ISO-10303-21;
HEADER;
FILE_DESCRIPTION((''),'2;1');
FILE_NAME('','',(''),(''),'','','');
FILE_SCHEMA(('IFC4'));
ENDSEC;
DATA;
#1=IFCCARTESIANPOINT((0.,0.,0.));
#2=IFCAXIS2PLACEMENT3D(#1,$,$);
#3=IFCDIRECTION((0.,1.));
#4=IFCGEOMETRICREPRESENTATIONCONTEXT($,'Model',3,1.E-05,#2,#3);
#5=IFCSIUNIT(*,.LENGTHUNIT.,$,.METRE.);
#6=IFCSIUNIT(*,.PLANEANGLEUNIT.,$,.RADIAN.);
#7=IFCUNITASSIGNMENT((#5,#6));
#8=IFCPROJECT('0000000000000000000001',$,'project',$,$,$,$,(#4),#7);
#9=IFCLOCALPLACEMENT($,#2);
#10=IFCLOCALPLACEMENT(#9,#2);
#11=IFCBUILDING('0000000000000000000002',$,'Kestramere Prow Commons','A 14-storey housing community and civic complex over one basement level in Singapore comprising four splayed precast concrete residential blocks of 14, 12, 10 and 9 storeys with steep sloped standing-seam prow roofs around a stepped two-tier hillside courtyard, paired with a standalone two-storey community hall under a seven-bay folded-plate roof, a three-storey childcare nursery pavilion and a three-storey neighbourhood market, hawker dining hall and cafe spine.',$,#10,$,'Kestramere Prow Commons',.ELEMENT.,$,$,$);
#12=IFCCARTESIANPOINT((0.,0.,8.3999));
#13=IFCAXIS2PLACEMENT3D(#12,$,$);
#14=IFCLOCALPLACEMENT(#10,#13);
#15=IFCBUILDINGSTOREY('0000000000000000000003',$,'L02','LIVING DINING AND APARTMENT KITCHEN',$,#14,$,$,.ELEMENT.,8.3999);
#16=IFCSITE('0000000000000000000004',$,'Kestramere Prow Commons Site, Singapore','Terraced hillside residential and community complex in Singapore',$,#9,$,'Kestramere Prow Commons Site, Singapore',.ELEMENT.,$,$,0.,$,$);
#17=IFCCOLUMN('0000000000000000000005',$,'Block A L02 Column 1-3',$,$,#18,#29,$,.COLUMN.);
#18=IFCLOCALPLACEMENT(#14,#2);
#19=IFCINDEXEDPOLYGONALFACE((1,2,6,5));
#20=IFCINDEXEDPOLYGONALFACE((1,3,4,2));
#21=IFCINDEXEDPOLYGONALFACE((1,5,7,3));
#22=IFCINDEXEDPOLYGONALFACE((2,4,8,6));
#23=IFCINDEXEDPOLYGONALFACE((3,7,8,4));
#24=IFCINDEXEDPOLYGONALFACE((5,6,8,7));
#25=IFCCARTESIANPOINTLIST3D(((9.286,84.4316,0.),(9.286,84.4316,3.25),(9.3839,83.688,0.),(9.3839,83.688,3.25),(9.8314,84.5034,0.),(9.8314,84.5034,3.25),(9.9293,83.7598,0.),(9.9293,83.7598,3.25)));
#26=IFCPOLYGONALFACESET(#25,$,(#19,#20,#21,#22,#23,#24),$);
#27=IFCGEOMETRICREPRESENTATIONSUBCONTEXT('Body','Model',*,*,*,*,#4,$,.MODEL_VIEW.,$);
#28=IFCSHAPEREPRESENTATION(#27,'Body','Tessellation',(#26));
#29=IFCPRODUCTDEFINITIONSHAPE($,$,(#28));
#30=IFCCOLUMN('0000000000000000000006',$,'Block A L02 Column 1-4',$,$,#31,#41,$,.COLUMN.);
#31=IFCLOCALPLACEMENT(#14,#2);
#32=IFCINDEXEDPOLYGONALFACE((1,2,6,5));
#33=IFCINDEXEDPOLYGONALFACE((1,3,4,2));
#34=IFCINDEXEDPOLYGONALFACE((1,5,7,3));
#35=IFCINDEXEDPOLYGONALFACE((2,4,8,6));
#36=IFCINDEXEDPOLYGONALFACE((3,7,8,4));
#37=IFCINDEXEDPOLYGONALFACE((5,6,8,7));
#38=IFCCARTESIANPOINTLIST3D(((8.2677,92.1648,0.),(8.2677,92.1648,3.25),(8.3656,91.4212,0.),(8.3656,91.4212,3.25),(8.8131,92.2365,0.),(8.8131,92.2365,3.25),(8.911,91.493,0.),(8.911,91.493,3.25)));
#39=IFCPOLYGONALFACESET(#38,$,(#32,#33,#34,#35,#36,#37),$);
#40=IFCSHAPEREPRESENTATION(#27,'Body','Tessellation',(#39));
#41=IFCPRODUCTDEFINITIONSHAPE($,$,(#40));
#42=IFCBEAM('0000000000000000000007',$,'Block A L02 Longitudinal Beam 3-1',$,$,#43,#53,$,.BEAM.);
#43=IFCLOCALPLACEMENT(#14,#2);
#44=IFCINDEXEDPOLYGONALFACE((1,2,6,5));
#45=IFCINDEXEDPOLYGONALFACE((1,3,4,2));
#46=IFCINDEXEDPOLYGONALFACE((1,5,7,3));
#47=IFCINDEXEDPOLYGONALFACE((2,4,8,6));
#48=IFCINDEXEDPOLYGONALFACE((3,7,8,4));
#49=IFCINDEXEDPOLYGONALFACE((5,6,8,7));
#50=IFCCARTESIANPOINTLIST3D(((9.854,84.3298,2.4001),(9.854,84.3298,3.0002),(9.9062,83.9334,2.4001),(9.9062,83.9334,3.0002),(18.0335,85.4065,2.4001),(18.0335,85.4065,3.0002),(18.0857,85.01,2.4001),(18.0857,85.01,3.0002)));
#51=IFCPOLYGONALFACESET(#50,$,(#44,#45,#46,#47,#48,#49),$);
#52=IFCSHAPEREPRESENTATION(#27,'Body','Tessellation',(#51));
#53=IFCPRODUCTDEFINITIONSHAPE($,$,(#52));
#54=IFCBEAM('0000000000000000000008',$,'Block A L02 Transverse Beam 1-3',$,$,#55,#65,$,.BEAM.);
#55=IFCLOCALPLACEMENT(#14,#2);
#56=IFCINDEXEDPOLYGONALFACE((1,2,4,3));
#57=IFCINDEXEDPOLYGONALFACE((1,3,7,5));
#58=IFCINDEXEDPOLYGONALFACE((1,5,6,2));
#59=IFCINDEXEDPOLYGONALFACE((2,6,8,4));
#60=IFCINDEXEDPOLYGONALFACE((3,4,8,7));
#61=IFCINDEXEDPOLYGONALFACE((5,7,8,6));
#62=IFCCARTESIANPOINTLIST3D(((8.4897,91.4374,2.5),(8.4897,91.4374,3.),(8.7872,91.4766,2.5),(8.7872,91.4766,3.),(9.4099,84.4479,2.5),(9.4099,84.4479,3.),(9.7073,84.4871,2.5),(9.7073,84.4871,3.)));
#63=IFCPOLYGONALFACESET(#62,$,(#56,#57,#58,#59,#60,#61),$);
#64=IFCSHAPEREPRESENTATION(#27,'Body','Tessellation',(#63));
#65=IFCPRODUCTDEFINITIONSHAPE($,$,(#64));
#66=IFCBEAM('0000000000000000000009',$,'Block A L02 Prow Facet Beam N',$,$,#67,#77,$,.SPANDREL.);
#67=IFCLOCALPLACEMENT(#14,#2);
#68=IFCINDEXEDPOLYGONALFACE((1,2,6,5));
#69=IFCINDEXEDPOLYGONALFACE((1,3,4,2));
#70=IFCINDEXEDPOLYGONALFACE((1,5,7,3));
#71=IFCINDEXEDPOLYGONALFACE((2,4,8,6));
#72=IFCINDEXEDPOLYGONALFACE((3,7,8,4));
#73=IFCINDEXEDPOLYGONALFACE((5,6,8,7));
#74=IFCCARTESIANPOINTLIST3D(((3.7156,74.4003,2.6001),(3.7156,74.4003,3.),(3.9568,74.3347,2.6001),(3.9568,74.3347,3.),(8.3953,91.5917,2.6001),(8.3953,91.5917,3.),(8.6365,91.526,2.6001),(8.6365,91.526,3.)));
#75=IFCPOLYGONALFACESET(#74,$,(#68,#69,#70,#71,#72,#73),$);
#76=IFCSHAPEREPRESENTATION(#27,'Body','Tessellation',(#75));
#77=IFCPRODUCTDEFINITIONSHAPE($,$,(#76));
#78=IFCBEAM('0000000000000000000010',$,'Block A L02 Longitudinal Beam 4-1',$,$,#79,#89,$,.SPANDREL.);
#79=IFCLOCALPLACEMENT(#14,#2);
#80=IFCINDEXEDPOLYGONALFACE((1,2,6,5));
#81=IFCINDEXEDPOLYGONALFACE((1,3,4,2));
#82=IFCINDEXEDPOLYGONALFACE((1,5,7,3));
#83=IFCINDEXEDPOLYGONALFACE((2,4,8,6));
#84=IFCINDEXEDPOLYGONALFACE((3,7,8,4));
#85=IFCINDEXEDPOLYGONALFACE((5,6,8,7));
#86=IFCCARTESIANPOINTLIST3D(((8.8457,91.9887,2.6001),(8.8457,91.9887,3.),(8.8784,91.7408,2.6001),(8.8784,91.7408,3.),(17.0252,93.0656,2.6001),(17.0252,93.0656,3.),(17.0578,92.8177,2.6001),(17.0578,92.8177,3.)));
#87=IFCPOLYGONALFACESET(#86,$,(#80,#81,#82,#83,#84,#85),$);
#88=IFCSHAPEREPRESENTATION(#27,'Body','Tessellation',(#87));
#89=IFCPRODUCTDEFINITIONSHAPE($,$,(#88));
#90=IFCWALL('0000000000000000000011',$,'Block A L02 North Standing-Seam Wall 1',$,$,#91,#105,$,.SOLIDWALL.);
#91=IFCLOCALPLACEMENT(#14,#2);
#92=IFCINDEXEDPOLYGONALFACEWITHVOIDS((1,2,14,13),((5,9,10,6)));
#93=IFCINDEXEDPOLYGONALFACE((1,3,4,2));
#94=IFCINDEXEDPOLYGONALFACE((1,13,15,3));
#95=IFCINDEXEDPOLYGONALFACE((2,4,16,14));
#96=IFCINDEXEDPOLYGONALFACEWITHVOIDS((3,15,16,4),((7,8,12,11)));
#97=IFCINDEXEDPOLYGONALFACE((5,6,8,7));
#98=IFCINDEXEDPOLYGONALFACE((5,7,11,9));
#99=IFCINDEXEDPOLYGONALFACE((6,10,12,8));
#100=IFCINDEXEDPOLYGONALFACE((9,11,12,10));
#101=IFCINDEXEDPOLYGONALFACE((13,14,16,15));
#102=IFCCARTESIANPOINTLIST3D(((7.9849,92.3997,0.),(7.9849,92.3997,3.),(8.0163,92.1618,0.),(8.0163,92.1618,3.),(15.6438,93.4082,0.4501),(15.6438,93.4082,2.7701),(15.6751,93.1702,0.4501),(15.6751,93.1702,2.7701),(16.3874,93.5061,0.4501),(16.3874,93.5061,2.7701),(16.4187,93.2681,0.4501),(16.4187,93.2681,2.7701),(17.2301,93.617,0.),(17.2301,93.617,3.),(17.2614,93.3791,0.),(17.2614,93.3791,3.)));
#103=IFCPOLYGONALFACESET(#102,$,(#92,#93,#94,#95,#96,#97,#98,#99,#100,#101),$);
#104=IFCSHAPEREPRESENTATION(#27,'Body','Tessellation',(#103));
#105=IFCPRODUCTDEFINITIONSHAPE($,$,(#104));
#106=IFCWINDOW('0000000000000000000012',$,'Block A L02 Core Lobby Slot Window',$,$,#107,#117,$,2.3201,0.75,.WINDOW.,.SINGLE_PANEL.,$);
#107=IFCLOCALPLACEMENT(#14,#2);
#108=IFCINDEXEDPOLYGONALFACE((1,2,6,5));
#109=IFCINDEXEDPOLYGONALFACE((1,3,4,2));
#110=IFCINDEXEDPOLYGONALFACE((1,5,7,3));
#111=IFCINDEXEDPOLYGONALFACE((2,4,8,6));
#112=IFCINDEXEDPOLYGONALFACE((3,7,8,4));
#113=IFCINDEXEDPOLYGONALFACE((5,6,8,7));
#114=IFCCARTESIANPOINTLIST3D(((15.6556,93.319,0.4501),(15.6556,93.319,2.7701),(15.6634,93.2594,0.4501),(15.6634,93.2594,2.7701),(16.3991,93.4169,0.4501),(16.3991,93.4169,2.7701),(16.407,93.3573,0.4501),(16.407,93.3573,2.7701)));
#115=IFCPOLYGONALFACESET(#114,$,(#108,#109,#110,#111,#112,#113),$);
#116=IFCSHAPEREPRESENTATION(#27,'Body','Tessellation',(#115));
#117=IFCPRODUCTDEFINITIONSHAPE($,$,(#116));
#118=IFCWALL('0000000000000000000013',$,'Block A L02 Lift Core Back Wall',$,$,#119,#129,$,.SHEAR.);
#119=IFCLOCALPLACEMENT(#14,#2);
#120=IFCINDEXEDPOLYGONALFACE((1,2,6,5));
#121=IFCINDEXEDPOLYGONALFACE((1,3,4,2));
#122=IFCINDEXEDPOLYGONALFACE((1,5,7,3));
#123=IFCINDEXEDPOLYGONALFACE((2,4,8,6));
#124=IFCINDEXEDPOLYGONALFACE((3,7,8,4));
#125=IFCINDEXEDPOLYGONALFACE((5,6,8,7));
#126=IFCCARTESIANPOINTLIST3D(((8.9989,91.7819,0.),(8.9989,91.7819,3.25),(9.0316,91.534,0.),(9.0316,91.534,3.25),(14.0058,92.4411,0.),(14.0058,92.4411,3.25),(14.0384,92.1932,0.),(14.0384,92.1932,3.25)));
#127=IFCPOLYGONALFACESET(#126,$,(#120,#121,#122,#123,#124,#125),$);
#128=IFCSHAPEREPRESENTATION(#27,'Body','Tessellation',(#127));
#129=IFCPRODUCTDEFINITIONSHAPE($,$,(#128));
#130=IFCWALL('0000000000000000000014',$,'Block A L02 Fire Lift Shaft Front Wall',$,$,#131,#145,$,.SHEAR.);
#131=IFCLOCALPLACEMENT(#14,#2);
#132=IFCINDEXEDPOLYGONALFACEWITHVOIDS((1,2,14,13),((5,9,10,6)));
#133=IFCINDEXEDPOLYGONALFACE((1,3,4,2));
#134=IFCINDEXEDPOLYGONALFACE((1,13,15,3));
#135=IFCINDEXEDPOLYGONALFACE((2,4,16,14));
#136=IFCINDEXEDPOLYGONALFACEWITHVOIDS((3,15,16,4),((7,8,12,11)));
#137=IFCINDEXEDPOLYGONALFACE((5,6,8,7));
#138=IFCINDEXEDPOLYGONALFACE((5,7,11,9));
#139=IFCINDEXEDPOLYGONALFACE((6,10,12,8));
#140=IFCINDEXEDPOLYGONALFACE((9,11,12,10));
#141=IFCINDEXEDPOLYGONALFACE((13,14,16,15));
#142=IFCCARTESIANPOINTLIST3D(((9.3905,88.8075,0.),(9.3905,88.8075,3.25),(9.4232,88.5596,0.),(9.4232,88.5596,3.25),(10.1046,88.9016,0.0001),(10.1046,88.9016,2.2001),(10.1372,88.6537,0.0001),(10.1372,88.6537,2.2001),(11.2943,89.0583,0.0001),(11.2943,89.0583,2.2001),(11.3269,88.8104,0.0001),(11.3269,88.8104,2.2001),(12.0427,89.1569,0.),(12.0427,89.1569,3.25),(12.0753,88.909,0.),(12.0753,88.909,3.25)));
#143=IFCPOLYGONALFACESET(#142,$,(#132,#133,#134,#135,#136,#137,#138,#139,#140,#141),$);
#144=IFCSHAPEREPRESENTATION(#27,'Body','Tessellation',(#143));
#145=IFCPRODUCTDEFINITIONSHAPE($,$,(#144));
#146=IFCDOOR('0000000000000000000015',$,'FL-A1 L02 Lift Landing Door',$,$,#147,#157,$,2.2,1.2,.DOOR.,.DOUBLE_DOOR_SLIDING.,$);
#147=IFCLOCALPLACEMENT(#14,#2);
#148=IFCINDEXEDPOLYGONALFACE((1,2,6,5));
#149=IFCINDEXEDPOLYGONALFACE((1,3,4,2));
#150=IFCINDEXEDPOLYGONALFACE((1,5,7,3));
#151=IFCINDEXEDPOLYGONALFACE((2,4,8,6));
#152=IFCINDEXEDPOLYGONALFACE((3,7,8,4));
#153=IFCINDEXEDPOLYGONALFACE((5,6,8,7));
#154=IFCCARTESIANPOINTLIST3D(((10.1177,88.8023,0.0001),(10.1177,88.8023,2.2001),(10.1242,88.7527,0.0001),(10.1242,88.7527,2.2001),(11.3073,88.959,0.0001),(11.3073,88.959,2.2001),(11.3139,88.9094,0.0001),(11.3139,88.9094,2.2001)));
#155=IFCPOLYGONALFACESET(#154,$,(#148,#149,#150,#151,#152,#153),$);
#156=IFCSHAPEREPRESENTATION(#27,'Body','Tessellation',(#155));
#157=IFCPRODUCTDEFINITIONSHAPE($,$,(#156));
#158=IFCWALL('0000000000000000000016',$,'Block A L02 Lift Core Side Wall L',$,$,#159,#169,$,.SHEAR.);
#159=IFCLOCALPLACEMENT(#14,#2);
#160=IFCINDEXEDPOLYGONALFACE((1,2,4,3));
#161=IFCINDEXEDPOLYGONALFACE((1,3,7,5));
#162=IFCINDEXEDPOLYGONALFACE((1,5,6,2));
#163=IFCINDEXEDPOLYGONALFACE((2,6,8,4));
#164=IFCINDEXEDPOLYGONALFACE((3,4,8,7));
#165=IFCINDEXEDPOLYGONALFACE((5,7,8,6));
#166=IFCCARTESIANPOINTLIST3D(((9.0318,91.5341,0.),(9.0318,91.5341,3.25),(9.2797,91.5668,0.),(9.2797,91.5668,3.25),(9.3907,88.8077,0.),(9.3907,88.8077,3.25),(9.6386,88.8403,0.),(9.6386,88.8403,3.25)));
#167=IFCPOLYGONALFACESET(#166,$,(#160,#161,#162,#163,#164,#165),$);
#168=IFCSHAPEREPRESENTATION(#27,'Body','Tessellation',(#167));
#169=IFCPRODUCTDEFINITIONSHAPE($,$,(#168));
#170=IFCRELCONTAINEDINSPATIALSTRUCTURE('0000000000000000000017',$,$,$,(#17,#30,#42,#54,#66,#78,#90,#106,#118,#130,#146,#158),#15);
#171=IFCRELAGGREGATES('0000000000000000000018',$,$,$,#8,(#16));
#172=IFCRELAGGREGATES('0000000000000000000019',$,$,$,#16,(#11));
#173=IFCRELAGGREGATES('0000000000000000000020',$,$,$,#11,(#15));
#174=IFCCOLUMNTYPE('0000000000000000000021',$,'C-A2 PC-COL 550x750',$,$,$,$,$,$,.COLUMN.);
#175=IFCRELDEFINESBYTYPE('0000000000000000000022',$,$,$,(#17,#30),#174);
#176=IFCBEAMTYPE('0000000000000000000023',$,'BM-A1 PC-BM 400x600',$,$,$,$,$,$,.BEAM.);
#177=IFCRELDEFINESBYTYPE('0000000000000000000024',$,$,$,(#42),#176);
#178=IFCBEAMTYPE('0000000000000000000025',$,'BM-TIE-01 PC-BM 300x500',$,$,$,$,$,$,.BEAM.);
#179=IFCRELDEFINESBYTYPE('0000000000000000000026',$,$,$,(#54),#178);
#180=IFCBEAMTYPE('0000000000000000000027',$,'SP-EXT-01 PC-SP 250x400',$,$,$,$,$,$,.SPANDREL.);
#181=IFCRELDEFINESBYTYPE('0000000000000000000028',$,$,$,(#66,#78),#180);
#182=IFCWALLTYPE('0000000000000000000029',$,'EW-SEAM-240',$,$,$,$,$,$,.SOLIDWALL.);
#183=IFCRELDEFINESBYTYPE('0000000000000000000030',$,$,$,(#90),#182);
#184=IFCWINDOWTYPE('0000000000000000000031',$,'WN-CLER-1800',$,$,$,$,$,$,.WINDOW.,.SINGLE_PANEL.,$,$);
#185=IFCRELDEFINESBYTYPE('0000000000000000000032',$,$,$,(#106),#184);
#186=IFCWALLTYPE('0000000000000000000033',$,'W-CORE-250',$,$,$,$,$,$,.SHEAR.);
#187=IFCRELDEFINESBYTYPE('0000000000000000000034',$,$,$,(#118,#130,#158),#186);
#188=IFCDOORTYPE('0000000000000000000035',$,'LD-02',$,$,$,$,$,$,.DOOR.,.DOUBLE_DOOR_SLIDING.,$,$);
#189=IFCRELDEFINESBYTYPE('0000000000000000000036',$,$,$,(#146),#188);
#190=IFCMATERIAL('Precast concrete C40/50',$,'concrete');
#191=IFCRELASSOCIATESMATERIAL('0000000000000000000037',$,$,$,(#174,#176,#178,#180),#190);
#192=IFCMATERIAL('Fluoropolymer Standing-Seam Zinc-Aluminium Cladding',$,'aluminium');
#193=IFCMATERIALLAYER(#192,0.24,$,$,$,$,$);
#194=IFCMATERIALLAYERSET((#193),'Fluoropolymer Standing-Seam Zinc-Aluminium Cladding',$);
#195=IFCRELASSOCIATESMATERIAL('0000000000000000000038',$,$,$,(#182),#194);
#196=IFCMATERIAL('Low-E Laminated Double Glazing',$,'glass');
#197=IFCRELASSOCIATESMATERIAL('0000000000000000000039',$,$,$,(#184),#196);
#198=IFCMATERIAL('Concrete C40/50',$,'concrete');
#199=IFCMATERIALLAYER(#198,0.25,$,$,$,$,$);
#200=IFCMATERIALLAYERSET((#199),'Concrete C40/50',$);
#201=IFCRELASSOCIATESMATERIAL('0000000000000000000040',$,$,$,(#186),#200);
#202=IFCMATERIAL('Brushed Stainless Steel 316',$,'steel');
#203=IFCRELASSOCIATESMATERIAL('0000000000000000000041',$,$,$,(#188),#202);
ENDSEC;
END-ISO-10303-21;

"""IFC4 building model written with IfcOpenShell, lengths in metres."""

from ifc_helpers import new_model, si_unit, direction, frame, frame_2d, origin, origin_2d, place, context, subcontext, project, spatial, rectangle, extrude, material, layer, layer_set, material_profile, profile_set, type_object, element, fill, save


model = new_model("IFC4")

# Units and contexts
model_context = context("Model", 3, precision=1e-05, world=origin(), true_north=direction((0.0, 1.0)))
body_context = subcontext(model_context, "Body", "Model", "MODEL_VIEW")
ifc_project = project(units=[si_unit("LENGTHUNIT", "METRE"), si_unit("PLANEANGLEUNIT", "RADIAN")], contexts=[model_context])

# Site, building, storey
site_placement = place(None, origin())
site = spatial("IfcSite", under=ifc_project, at=site_placement, Name="Kestramere Prow Commons Site, Singapore", Description="Terraced hillside residential and community complex in Singapore", LongName="Kestramere Prow Commons Site, Singapore", CompositionType="ELEMENT", RefElevation=0.0)
building_placement = place(site_placement, origin())
building = spatial("IfcBuilding", under=site, at=building_placement, Name="Kestramere Prow Commons", Description="A 14-storey housing community and civic complex over one basement level in Singapore comprising four splayed precast concrete residential blocks of 14, 12, 10 and 9 storeys with steep sloped standing-seam prow roofs around a stepped two-tier hillside courtyard, paired with a standalone two-storey community hall under a seven-bay folded-plate roof, a three-storey childcare nursery pavilion and a three-storey neighbourhood market, hawker dining hall and cafe spine.", LongName="Kestramere Prow Commons", CompositionType="ELEMENT")
storey_placement = place(building_placement, frame((0.0, 0.0, 8.3999)))
storey = spatial("IfcBuildingStorey", under=building, at=storey_placement, Name="L02", Description="LIVING DINING AND APARTMENT KITCHEN", CompositionType="ELEMENT", Elevation=8.3999)

# Columns
ifc_material_1 = material(Name="Precast concrete C40/50", Category="concrete")
ifc_material_profile_1 = material_profile(ifc_material_1, rectangle(XDim=0.55, YDim=0.75, at=origin_2d()), Name="PC-COL 550x750")
ifc_profile_set_1 = profile_set([ifc_material_profile_1], Name="Precast concrete C40/50")
column_type = type_object("IfcColumnType", Name="C-A2 PC-COL 550x750", PredefinedType="COLUMN", material=ifc_profile_set_1)
for number, where, z_axis, x_axis, name in (
    (1, (9.6077, 84.0957, 0.0), (0.0, 0.0, 1.0), (0.991445, 0.130526, 0.0), "Block A L02 Column 1-3"),
    (2, (8.5894, 91.8289, 0.0), (0.0, 0.0, 1.0), (0.991445, 0.130526, 0.0), "Block A L02 Column 1-4"),
):
    element("IfcColumn", number, at=place(storey_placement, frame(where, z_axis=z_axis, x_axis=x_axis)), inside=storey, type_object=column_type, Name=name, PredefinedType="COLUMN", context=body_context, shape_type="SweptSolid", body=[
        extrude(rectangle(XDim=0.55, YDim=0.75, at=origin_2d()), origin(), (0.0, 0.0, 1.0), 3.25),
    ])

# Beams
ifc_material_profile_2 = material_profile(ifc_material_1, rectangle(XDim=0.3999, YDim=0.6001, at=origin_2d()), Name="PC-BM 400x600")
ifc_profile_set_2 = profile_set([ifc_material_profile_2], Name="Precast concrete C40/50")
beam_type_1 = type_object("IfcBeamType", Name="BM-A1 PC-BM 400x600", PredefinedType="BEAM", material=ifc_profile_set_2)
beam_1_placement = place(storey_placement, frame((9.8801, 84.1316, 2.7002), z_axis=(0.991448, 0.130504, 0.0), x_axis=(-0.130504, 0.991448, 0.0)))
element("IfcBeam", 3, at=beam_1_placement, inside=storey, type_object=beam_type_1, Name="Block A L02 Longitudinal Beam 3-1", PredefinedType="BEAM", context=body_context, shape_type="SweptSolid", body=[
    extrude(rectangle(XDim=0.3999, YDim=0.6001, at=origin_2d()), origin(), (0.0, 0.0, 1.0), 8.25),
])
ifc_material_profile_3 = material_profile(ifc_material_1, rectangle(XDim=0.3, YDim=0.5, at=origin_2d()), Name="PC-BM 300x500")
ifc_profile_set_3 = profile_set([ifc_material_profile_3], Name="Precast concrete C40/50")
beam_type_2 = type_object("IfcBeamType", Name="BM-TIE-01 PC-BM 300x500", PredefinedType="BEAM", material=ifc_profile_set_3)
beam_2_placement = place(storey_placement, frame((9.5586, 84.4675, 2.75), z_axis=(-0.130523, 0.991445, 0.0), x_axis=(-0.991445, -0.130523, 0.0)))
element("IfcBeam", 4, at=beam_2_placement, inside=storey, type_object=beam_type_2, Name="Block A L02 Transverse Beam 1-3", PredefinedType="BEAM", context=body_context, shape_type="SweptSolid", body=[
    extrude(rectangle(XDim=0.3, YDim=0.5, at=origin_2d()), origin(), (0.0, 0.0, 1.0), 7.0498),
])
ifc_material_profile_4 = material_profile(ifc_material_1, rectangle(XDim=0.25, YDim=0.3999, at=origin_2d()), Name="PC-SP 250x400")
ifc_profile_set_4 = profile_set([ifc_material_profile_4], Name="Precast concrete C40/50")
beam_type_3 = type_object("IfcBeamType", Name="SP-EXT-01 PC-SP 250x400", PredefinedType="SPANDREL", material=ifc_profile_set_4)
beam_3_placement = place(storey_placement, frame((8.5159, 91.5588, 2.8), z_axis=(-0.262654, -0.96489, 0.0), x_axis=(0.96489, -0.262654, 0.0)))
element("IfcBeam", 5, at=beam_3_placement, inside=storey, type_object=beam_type_3, Name="Block A L02 Prow Facet Beam N", PredefinedType="SPANDREL", context=body_context, shape_type="SweptSolid", body=[
    extrude(rectangle(XDim=0.25, YDim=0.3999, at=origin_2d()), origin(), (0.0, 0.0, 1.0), 17.8169),
])
beam_4_placement = place(storey_placement, frame((8.8621, 91.8647, 2.8), z_axis=(0.991444, 0.130533, 0.0), x_axis=(-0.130533, 0.991444, 0.0)))
element("IfcBeam", 6, at=beam_4_placement, inside=storey, type_object=beam_type_3, Name="Block A L02 Longitudinal Beam 4-1", PredefinedType="SPANDREL", context=body_context, shape_type="SweptSolid", body=[
    extrude(rectangle(XDim=0.25, YDim=0.3999, at=origin_2d()), origin(), (0.0, 0.0, 1.0), 8.25),
])

# Wall, opening, window
ifc_material_2 = material(Name="Fluoropolymer Standing-Seam Zinc-Aluminium Cladding", Category="aluminium")
ifc_layer_1 = layer(ifc_material_2, 0.24)
ifc_layer_set_1 = layer_set([ifc_layer_1], Name="Fluoropolymer Standing-Seam Zinc-Aluminium Cladding")
wall_type_1 = type_object("IfcWallType", Name="EW-SEAM-240", PredefinedType="SOLIDWALL", material=ifc_layer_set_1)
wall_1_placement = place(storey_placement, frame((8.0005, 92.2808, 0.0), z_axis=(0.0, 0.0, 1.0), x_axis=(0.991443, 0.130541, 0.0)))
wall_1 = element("IfcWall", 7, at=wall_1_placement, inside=storey, type_object=wall_type_1, Name="Block A L02 North Standing-Seam Wall 1", PredefinedType="SOLIDWALL", context=body_context, shape_type="SweptSolid", body=[
    extrude(rectangle(XDim=9.325, YDim=0.24, at=frame_2d((4.6626, 0.0))), origin(), (0.0, 0.0, 1.0), 3.0),
])
opening_1_placement = place(wall_1_placement, frame((7.7251, 0.0, 0.45)))
opening_1 = element("IfcOpeningElement", 8, at=opening_1_placement, cuts=wall_1, PredefinedType="OPENING", context=body_context, shape_type="SweptSolid", body=[
    extrude(rectangle(XDim=0.75, YDim=2.3201, at=frame_2d((0.375, 1.1602))), frame((0.0, 0.135, 0.0), z_axis=(0.0, -1.0, 0.0), x_axis=(1.0, 0.0, 0.0)), (0.0, 0.0, 1.0), 0.27),
])
ifc_material_3 = material(Name="Low-E Laminated Double Glazing", Category="glass")
window_type = type_object("IfcWindowType", Name="WN-CLER-1800", PartitioningType="SINGLE_PANEL", PredefinedType="WINDOW", material=ifc_material_3)
window_placement = place(opening_1_placement, origin())
window = element("IfcWindow", 9, at=window_placement, inside=storey, type_object=window_type, Name="Block A L02 Core Lobby Slot Window", OverallHeight=2.3201, OverallWidth=0.75, PartitioningType="SINGLE_PANEL", PredefinedType="WINDOW", context=body_context, shape_type="SweptSolid", body=[
    extrude(rectangle(XDim=0.75, YDim=2.3201, at=frame_2d((0.375, 1.1602))), frame((0.0, 0.03, 0.0), z_axis=(0.0, -1.0, 0.0), x_axis=(1.0, 0.0, 0.0)), (0.0, 0.0, 1.0), 0.0601),
])
fill(opening_1, window)

# Wall
ifc_material_4 = material(Name="Concrete C40/50", Category="concrete")
ifc_layer_2 = layer(ifc_material_4, 0.25)
ifc_layer_set_2 = layer_set([ifc_layer_2], Name="Concrete C40/50")
wall_type_2 = type_object("IfcWallType", Name="W-CORE-250", PredefinedType="SHEAR", material=ifc_layer_set_2)
wall_2_placement = place(storey_placement, frame((9.0154, 91.658, 0.0), z_axis=(0.0, 0.0, 1.0), x_axis=(0.991444, 0.13053, 0.0)))
element("IfcWall", 10, at=wall_2_placement, inside=storey, type_object=wall_type_2, Name="Block A L02 Lift Core Back Wall", PredefinedType="SHEAR", context=body_context, shape_type="SweptSolid", body=[
    extrude(rectangle(XDim=5.05, YDim=0.25, at=frame_2d((2.5249, 0.0))), origin(), (0.0, 0.0, 1.0), 3.25),
])

# Wall, opening, door
wall_3_placement = place(storey_placement, frame((9.407, 88.6836, 0.0), z_axis=(0.0, 0.0, 1.0), x_axis=(0.991435, 0.130603, 0.0)))
wall_3 = element("IfcWall", 11, at=wall_3_placement, inside=storey, type_object=wall_type_2, Name="Block A L02 Fire Lift Shaft Front Wall", PredefinedType="SHEAR", context=body_context, shape_type="SweptSolid", body=[
    extrude(rectangle(XDim=2.675, YDim=0.25, at=frame_2d((1.3374, 0.0))), origin(), (0.0, 0.0, 1.0), 3.25),
])
opening_2_placement = place(wall_3_placement, frame((0.72, 0.0, 0.0)))
opening_2 = element("IfcOpeningElement", 12, at=opening_2_placement, cuts=wall_3, PredefinedType="OPENING", context=body_context, shape_type="SweptSolid", body=[
    extrude(rectangle(XDim=1.2, YDim=2.2, at=frame_2d((0.6001, 1.1001))), frame((0.0, 0.1399, 0.0), z_axis=(0.0, -1.0, 0.0), x_axis=(1.0, 0.0, 0.0)), (0.0, 0.0, 1.0), 0.28),
])
ifc_material_5 = material(Name="Brushed Stainless Steel 316", Category="steel")
door_type_1 = type_object("IfcDoorType", Name="LD-02", OperationType="DOUBLE_DOOR_SLIDING", PredefinedType="DOOR", material=ifc_material_5)
door_1_placement = place(opening_2_placement, origin())
door_1 = element("IfcDoor", 13, at=door_1_placement, inside=storey, type_object=door_type_1, Name="FL-A1 L02 Lift Landing Door", OperationType="DOUBLE_DOOR_SLIDING", OverallHeight=2.2, OverallWidth=1.2, PredefinedType="DOOR", context=body_context, shape_type="SweptSolid", body=[
    extrude(rectangle(XDim=1.2, YDim=2.2, at=frame_2d((0.6001, 1.1001))), frame((0.0, 0.0249, 0.0), z_axis=(0.0, -1.0, 0.0), x_axis=(1.0, 0.0, 0.0)), (0.0, 0.0, 1.0), 0.05),
])
fill(opening_2, door_1)

# Wall
wall_4_placement = place(storey_placement, frame((9.5146, 88.824, 0.0), z_axis=(0.0, 0.0, 1.0), x_axis=(-0.1305, 0.991448, 0.0)))
element("IfcWall", 14, at=wall_4_placement, inside=storey, type_object=wall_type_2, Name="Block A L02 Lift Core Side Wall L", PredefinedType="SHEAR", context=body_context, shape_type="SweptSolid", body=[
    extrude(rectangle(XDim=2.75, YDim=0.25, at=frame_2d((1.375, 0.0))), origin(), (0.0, 0.0, 1.0), 3.25),
])

save(model, "model.ifc")
